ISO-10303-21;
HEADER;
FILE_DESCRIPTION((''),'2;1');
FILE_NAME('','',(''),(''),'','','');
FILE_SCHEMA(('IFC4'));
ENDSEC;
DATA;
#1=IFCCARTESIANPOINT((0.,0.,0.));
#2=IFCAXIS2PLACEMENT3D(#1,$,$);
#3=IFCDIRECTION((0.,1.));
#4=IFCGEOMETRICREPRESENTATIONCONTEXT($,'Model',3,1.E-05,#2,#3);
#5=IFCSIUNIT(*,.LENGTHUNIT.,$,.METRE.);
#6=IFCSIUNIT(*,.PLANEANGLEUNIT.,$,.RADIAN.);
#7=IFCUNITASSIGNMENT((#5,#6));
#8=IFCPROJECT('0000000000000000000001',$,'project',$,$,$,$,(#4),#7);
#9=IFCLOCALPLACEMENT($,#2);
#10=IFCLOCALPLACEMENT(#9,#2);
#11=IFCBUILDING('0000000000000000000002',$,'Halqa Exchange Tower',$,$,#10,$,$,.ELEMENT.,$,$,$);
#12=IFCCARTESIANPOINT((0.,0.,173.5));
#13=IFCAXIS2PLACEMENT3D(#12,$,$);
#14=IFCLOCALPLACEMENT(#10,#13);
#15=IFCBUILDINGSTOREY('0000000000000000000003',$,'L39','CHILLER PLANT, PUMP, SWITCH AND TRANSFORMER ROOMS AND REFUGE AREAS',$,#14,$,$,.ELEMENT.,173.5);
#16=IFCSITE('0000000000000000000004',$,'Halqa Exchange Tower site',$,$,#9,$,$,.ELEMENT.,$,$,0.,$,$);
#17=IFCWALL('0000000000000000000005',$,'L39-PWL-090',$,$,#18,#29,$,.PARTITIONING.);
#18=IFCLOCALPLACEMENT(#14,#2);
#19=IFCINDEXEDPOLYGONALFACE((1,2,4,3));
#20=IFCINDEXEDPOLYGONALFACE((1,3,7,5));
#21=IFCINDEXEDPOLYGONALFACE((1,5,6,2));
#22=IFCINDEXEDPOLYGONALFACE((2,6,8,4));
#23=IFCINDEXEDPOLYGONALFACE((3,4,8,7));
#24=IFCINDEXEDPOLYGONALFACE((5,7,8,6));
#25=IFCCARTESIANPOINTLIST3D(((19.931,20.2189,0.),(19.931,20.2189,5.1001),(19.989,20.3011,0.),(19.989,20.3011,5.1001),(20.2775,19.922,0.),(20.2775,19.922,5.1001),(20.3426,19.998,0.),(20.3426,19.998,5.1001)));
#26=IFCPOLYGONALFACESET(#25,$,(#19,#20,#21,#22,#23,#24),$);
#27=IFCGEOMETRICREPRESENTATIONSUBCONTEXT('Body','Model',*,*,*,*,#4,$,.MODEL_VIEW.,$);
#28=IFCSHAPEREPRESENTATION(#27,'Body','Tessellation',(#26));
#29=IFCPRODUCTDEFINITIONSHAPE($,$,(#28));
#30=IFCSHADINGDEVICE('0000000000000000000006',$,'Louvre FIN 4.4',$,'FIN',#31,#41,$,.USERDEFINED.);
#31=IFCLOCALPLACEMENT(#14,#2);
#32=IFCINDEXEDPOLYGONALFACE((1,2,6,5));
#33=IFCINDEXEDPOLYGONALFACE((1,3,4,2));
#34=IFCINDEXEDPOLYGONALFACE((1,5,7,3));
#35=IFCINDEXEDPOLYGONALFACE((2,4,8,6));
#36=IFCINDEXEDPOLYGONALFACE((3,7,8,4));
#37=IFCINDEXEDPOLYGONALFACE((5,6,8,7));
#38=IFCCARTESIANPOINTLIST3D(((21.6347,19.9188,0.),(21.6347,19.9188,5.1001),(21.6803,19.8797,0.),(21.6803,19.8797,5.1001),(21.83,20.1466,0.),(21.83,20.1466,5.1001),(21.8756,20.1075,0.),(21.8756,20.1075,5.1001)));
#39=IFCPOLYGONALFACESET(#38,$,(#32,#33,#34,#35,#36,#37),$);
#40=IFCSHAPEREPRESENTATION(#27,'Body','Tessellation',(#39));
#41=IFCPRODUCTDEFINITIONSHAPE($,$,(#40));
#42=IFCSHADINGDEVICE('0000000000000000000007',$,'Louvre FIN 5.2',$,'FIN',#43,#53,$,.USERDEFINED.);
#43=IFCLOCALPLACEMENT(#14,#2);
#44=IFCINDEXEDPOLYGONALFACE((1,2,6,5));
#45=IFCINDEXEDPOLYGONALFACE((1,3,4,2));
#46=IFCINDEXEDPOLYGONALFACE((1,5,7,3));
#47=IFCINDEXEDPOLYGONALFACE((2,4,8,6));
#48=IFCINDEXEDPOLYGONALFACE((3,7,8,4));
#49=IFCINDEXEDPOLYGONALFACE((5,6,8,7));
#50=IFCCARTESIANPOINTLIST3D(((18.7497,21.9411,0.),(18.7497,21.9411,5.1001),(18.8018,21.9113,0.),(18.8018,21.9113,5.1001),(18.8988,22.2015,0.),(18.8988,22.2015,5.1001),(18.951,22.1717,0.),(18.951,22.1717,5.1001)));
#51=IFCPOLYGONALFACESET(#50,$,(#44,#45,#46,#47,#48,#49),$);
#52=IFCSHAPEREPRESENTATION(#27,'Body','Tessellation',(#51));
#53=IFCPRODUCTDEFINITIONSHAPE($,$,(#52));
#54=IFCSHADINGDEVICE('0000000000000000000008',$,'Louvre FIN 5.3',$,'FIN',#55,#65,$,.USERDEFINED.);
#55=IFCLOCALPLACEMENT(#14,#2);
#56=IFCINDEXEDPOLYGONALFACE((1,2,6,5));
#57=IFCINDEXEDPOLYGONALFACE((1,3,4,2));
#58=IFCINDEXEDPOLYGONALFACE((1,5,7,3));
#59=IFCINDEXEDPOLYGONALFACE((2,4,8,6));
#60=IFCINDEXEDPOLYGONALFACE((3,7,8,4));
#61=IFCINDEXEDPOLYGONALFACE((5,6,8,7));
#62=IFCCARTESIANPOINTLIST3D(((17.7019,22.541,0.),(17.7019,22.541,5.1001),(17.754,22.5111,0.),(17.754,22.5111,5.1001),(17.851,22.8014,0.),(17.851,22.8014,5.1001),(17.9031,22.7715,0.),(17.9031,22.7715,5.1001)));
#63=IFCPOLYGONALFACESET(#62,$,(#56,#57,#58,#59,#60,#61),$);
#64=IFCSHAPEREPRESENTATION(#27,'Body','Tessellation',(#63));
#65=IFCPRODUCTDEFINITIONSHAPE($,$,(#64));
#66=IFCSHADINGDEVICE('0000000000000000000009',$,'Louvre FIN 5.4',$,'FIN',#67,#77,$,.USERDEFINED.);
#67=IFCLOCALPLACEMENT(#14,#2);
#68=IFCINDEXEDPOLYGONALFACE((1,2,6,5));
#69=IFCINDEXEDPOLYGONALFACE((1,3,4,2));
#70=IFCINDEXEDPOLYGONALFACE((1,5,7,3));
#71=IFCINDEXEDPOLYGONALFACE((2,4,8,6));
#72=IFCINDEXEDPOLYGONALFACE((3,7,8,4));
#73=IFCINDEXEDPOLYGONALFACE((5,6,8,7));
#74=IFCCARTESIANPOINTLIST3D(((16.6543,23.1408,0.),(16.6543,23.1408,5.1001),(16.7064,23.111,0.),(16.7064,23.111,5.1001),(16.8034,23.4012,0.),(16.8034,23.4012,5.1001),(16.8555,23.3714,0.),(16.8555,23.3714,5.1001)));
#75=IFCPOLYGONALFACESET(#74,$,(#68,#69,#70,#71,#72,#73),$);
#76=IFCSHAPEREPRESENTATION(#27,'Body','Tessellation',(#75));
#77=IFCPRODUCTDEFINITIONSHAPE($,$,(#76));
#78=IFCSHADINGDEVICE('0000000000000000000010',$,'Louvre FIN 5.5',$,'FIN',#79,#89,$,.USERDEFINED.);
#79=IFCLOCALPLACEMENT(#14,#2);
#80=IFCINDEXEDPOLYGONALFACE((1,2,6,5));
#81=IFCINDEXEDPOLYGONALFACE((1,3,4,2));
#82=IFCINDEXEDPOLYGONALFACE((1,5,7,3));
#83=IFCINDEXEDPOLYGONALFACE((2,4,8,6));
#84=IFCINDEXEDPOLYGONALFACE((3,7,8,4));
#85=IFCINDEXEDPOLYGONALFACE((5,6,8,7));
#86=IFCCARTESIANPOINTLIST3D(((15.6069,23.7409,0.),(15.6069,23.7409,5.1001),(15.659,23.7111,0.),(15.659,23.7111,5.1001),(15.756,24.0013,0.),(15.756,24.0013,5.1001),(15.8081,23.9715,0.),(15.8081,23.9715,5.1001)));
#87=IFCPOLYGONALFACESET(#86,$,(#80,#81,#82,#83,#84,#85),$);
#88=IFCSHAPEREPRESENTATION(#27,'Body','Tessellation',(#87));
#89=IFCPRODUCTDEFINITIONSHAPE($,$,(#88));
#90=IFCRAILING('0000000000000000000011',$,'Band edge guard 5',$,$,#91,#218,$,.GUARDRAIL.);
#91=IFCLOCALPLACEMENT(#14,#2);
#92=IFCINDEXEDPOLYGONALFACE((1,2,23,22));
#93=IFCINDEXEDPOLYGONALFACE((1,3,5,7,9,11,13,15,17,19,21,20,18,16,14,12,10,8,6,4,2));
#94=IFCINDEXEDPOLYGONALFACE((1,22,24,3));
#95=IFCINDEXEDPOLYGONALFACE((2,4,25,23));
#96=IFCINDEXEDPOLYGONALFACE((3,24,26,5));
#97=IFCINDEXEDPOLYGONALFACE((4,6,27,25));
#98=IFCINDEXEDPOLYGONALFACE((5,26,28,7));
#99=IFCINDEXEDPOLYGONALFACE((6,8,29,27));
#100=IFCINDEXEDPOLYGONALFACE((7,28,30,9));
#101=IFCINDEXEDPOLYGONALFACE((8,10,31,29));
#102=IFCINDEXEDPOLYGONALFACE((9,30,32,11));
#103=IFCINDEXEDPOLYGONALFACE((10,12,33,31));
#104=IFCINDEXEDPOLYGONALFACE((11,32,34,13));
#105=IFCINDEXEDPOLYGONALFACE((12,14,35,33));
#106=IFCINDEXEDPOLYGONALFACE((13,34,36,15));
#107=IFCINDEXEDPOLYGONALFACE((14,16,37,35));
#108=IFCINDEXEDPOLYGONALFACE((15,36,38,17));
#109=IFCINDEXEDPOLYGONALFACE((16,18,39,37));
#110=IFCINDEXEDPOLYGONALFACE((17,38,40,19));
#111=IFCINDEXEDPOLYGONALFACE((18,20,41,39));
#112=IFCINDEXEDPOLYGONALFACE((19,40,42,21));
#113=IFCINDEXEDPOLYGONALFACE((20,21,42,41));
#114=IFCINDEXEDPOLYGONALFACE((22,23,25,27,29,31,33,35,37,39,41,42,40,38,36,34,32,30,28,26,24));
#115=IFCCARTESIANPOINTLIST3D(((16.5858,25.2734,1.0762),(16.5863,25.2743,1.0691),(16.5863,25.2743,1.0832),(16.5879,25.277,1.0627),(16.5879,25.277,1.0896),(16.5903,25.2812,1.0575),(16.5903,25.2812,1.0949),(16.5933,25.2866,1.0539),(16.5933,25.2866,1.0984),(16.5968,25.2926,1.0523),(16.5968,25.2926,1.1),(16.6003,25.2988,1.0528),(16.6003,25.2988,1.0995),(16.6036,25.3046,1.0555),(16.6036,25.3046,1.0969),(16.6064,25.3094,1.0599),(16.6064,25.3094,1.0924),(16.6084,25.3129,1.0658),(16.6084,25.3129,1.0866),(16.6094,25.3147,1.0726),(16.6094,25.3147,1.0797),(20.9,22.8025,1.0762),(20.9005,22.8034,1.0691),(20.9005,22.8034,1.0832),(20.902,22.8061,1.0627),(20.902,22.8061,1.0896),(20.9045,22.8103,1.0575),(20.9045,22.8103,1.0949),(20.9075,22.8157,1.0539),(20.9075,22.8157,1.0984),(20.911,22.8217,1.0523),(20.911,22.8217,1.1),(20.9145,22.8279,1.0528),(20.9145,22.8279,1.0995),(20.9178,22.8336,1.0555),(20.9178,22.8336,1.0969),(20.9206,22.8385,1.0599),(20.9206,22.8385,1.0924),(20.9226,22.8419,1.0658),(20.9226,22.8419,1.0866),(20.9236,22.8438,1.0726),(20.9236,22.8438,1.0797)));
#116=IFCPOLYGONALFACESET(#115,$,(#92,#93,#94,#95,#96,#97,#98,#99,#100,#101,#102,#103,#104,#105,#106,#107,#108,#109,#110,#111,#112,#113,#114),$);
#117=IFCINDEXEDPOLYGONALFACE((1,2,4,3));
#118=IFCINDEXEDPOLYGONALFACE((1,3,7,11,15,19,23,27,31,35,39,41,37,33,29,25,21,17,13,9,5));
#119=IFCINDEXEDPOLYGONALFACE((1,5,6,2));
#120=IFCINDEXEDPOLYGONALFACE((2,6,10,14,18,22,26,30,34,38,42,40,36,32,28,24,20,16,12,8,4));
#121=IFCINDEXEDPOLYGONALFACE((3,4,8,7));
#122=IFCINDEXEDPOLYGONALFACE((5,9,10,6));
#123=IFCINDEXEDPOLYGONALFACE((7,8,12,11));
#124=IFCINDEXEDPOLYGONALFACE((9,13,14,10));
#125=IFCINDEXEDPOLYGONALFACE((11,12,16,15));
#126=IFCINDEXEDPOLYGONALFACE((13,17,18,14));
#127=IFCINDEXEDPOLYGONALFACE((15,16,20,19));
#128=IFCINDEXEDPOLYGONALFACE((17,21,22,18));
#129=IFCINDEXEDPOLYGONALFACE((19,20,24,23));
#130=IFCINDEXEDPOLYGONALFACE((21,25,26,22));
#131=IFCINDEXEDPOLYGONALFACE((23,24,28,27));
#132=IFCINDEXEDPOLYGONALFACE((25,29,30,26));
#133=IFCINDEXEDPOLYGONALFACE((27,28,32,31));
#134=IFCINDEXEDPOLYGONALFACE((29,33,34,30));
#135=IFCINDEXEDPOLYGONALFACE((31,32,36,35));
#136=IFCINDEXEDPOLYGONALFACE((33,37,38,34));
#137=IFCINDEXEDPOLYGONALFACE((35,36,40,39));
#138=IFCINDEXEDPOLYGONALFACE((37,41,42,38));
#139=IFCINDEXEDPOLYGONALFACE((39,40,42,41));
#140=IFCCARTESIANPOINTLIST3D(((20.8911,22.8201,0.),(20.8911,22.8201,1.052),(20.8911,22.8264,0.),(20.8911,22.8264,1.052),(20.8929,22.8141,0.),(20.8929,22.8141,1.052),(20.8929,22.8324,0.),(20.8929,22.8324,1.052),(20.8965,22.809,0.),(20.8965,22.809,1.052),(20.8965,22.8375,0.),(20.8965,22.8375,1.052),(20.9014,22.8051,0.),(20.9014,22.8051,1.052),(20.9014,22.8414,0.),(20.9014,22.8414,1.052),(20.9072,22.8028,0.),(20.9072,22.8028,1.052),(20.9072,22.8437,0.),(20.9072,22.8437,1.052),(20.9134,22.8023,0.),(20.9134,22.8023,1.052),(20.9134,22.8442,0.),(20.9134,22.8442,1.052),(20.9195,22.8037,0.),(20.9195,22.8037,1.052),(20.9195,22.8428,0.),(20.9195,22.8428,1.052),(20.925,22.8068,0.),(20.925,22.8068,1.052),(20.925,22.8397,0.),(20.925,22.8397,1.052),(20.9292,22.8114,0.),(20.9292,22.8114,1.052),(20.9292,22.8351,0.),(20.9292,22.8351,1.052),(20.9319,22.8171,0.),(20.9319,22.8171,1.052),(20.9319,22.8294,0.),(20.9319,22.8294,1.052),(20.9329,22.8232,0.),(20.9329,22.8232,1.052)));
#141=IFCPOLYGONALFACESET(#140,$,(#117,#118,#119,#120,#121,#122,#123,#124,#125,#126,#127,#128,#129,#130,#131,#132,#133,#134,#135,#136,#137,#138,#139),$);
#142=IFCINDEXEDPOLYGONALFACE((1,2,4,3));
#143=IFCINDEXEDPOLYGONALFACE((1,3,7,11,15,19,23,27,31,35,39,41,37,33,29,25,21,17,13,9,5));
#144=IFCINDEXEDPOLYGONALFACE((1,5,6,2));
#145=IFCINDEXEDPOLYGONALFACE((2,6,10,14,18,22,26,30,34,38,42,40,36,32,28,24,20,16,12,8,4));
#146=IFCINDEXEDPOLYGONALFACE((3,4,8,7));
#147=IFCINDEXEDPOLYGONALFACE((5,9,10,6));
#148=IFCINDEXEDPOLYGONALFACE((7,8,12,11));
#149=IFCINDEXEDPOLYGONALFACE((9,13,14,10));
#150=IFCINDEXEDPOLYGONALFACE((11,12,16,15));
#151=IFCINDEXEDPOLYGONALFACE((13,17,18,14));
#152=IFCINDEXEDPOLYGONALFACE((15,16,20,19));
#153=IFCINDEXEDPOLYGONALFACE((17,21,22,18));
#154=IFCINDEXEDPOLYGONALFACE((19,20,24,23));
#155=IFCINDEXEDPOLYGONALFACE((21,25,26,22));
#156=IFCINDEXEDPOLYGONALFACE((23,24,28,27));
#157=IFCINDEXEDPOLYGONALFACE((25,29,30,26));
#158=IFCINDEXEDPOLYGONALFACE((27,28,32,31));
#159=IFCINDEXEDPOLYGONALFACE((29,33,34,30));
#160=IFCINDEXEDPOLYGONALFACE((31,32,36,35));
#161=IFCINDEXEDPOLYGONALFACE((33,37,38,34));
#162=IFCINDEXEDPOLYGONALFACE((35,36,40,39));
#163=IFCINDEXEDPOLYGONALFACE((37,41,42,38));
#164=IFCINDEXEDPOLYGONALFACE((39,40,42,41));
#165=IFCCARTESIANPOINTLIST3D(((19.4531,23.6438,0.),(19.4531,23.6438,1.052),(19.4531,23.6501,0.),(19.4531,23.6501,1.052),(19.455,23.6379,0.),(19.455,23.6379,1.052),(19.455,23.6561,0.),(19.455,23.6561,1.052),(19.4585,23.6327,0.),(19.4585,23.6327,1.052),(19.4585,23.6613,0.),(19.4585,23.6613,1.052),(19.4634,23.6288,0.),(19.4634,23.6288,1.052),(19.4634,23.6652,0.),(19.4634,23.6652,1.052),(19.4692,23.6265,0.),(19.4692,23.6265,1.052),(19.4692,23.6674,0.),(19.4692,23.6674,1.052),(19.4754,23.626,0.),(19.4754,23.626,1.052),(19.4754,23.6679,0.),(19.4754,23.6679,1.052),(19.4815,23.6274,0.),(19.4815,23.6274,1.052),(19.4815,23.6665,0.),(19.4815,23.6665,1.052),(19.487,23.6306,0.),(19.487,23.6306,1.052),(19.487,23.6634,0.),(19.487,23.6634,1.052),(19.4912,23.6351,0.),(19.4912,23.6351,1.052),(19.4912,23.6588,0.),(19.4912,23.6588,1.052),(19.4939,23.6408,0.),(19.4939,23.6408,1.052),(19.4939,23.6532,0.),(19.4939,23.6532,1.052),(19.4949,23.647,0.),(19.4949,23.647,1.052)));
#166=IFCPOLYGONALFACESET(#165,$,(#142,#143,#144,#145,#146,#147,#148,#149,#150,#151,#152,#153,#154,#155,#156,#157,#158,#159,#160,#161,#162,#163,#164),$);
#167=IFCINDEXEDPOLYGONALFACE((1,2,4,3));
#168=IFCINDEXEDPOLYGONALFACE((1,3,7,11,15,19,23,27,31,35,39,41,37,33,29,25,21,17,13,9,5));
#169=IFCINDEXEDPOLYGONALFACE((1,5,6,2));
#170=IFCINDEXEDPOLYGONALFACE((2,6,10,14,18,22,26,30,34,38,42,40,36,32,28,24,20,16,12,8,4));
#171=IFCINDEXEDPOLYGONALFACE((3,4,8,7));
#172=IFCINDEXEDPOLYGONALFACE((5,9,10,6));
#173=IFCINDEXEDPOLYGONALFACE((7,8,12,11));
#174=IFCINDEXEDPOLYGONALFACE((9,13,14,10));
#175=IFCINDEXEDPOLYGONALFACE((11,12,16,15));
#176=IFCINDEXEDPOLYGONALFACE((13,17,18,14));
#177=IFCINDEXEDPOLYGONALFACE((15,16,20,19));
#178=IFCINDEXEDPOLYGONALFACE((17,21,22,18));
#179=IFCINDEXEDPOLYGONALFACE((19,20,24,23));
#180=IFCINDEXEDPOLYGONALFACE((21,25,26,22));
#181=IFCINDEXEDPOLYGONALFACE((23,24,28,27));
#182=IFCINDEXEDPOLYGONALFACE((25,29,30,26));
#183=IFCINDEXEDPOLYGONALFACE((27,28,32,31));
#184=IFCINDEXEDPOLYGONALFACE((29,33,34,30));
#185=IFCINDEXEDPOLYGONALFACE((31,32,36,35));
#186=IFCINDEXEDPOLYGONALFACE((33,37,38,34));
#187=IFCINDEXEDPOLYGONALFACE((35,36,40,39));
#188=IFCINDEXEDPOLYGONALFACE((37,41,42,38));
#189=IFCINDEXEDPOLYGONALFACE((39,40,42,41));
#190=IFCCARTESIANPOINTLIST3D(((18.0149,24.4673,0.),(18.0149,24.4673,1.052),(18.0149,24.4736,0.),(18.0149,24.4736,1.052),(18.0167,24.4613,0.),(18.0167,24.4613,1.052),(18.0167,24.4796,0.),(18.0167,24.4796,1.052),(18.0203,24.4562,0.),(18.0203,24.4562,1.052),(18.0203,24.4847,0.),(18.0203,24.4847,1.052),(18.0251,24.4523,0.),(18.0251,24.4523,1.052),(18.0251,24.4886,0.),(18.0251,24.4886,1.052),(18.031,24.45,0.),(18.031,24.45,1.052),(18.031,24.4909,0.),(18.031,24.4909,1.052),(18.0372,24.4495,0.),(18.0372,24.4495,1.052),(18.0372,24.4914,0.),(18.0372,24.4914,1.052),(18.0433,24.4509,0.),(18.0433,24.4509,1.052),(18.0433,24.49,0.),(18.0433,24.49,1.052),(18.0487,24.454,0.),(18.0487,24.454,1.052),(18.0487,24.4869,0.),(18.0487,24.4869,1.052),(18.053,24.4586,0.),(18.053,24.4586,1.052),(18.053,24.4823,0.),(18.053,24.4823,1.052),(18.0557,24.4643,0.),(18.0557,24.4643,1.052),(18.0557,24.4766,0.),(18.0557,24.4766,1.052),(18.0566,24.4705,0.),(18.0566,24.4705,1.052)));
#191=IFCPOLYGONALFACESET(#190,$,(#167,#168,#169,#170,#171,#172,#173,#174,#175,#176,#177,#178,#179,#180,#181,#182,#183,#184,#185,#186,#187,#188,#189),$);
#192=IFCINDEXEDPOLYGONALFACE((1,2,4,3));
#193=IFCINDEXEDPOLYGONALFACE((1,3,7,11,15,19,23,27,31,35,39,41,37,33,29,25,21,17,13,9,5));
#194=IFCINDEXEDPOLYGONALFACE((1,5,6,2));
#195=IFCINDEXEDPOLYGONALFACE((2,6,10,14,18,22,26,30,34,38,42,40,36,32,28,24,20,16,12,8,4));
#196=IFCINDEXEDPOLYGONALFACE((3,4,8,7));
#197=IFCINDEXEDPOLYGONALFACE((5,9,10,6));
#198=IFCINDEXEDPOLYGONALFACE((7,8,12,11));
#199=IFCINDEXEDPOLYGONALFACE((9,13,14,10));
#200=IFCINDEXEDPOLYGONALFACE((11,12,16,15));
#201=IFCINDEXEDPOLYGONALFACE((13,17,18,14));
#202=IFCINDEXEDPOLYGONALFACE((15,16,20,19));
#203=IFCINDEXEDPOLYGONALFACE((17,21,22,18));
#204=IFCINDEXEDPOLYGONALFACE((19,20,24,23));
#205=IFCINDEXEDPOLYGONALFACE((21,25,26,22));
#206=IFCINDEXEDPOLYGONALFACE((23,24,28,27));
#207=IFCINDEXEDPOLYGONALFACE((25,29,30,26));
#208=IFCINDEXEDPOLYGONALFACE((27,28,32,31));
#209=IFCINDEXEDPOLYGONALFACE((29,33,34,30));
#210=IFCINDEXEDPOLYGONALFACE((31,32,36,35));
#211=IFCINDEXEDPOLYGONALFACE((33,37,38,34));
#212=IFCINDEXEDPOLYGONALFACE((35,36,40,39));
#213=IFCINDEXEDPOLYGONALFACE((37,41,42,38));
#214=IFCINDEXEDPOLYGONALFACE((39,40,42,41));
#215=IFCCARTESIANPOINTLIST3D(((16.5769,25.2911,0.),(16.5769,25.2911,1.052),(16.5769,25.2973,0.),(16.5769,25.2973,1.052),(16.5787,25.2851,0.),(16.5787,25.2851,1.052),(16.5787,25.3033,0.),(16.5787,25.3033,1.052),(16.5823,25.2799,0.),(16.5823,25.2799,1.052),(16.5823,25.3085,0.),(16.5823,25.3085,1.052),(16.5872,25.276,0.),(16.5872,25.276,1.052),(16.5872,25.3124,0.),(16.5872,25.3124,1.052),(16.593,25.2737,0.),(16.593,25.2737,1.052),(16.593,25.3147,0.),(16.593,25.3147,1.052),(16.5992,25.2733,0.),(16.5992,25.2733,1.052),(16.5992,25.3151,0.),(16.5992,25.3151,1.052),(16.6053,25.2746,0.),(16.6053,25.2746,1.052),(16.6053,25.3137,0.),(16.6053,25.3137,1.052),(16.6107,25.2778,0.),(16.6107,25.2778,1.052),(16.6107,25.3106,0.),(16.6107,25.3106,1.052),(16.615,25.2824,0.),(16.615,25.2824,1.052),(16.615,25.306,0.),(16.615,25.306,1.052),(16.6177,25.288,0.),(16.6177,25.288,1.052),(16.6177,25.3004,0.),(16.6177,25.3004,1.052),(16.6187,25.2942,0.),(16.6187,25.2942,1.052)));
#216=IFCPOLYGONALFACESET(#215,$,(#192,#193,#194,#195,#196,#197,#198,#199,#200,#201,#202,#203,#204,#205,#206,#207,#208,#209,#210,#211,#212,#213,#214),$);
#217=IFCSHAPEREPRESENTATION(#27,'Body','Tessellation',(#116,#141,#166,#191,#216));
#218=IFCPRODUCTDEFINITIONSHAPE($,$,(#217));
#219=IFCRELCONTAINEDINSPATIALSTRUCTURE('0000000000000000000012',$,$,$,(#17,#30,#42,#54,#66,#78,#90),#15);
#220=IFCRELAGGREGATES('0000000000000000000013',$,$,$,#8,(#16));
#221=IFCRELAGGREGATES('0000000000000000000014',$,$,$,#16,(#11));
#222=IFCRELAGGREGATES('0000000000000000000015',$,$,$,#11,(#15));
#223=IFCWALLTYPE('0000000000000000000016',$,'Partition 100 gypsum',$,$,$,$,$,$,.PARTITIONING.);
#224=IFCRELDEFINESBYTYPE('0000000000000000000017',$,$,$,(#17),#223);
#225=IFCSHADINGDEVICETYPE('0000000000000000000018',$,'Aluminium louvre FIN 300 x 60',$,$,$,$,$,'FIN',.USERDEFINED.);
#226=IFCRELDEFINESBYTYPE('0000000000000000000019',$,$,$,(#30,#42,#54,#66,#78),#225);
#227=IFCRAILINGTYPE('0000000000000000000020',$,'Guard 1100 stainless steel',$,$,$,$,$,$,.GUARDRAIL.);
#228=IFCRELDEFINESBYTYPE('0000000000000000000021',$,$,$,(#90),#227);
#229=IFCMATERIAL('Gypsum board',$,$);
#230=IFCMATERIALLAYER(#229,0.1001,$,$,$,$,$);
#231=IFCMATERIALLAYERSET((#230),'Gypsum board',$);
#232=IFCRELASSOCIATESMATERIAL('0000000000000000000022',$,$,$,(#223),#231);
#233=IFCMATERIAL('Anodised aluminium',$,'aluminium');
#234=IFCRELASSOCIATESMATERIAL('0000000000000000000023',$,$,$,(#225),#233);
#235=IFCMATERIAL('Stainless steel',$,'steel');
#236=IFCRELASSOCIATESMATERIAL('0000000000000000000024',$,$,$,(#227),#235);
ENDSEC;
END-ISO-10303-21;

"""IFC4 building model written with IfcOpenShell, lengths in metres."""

from ifc_helpers import new_model, si_unit, direction, frame, origin, origin_2d, place, context, subcontext, project, spatial, polyline, rectangle, circle, outline, extrude, material, layer, layer_set, material_profile, profile_set, type_object, element, save


model = new_model("IFC4")

# Units and contexts
model_context = context("Model", 3, precision=1e-05, world=origin(), true_north=direction((0.0, 1.0)))
body_context = subcontext(model_context, "Body", "Model", "MODEL_VIEW")
ifc_project = project(units=[si_unit("LENGTHUNIT", "METRE"), si_unit("PLANEANGLEUNIT", "RADIAN")], contexts=[model_context])

# Site, building, storey
site_placement = place(None, origin())
site = spatial("IfcSite", under=ifc_project, at=site_placement, Name="Halqa Exchange Tower site", CompositionType="ELEMENT", RefElevation=0.0)
building_placement = place(site_placement, origin())
building = spatial("IfcBuilding", under=site, at=building_placement, Name="Halqa Exchange Tower", CompositionType="ELEMENT")
storey_placement = place(building_placement, frame((0.0, 0.0, 173.5)))
storey = spatial("IfcBuildingStorey", under=building, at=storey_placement, Name="L39", Description="CHILLER PLANT, PUMP, SWITCH AND TRANSFORMER ROOMS AND REFUGE AREAS", CompositionType="ELEMENT", Elevation=173.5)

# Wall
ifc_material_1 = material(Name="Gypsum board")
ifc_layer_1 = layer(ifc_material_1, 0.1001)
ifc_layer_set_1 = layer_set([ifc_layer_1], Name="Gypsum board")
wall_type_1 = type_object("IfcWallType", Name="Partition 100 gypsum", PredefinedType="PARTITIONING", material=ifc_layer_set_1)
wall_1_placement = place(storey_placement, frame((20.3101, 19.96, 0.0), z_axis=(0.0, 0.0, 1.0), x_axis=(-0.759257, 0.650791, 0.0)))
element("IfcWall", 1, at=wall_1_placement, inside=storey, type_object=wall_type_1, Name="L39-PWL-090", PredefinedType="PARTITIONING", context=body_context, shape_type="SweptSolid", body=[
    extrude(outline(polyline([(0.0, -0.05), (0.4658, -0.05), (0.4563, 0.05), (0.0, 0.05), (0.0, -0.05)])), origin(), (0.0, 0.0, 1.0), 5.1001),
])

# Shading devices
ifc_material_2 = material(Name="Anodised aluminium", Category="aluminium")
ifc_material_profile_1 = material_profile(ifc_material_2, rectangle(XDim=0.3, YDim=0.0601, at=origin_2d()), Name="AL FIN 300x60")
ifc_profile_set_1 = profile_set([ifc_material_profile_1], Name="Anodised aluminium")
shading_device_type = type_object("IfcShadingDeviceType", Name="Aluminium louvre FIN 300 x 60", ElementType="FIN", PredefinedType="USERDEFINED", material=ifc_profile_set_1)
for number, where, z_axis, x_axis, name in (
    (2, (21.7551, 20.0132, 0.0), (0.0, 0.0, 1.0), (-0.650785, -0.759262, 0.0), "Louvre FIN 4.4"),
    (3, (18.8503, 22.0564, 0.0), (0.0, 0.0, 1.0), (-0.496982, -0.867761, 0.0), "Louvre FIN 5.2"),
    (4, (17.8025, 22.6562, 0.0), (0.0, 0.0, 1.0), (-0.496982, -0.867761, 0.0), "Louvre FIN 5.3"),
    (5, (16.7549, 23.2561, 0.0), (0.0, 0.0, 1.0), (-0.496982, -0.867761, 0.0), "Louvre FIN 5.4"),
    (6, (15.7075, 23.8562, 0.0), (0.0, 0.0, 1.0), (-0.496982, -0.867761, 0.0), "Louvre FIN 5.5"),
):
    element("IfcShadingDevice", number, at=place(storey_placement, frame(where, z_axis=z_axis, x_axis=x_axis)), inside=storey, type_object=shading_device_type, Name=name, ObjectType="FIN", PredefinedType="USERDEFINED", context=body_context, shape_type="SweptSolid", body=[
        extrude(rectangle(XDim=0.3, YDim=0.0601, at=origin_2d()), origin(), (0.0, 0.0, 1.0), 5.1001),
    ])

# Railing
ifc_material_3 = material(Name="Stainless steel", Category="steel")
railing_type = type_object("IfcRailingType", Name="Guard 1100 stainless steel", PredefinedType="GUARDRAIL", material=ifc_material_3)
railing_placement = place(storey_placement, frame((20.9119, 22.8232, 0.0)))
element("IfcRailing", 7, at=railing_placement, inside=storey, type_object=railing_type, Name="Band edge guard 5", PredefinedType="GUARDRAIL", context=body_context, shape_type="SweptSolid", body=[
    extrude(circle(Radius=0.0239, at=origin_2d()), frame((0.0, 0.0, 1.0762), z_axis=(-0.86775, 0.497001, 0.0), x_axis=(-0.497001, -0.86775, 0.0)), (0.0, 0.0, 1.0), 4.9717),
    extrude(circle(Radius=0.021, at=origin_2d()), origin(), (0.0, 0.0, 1.0), 1.052),
    extrude(circle(Radius=0.021, at=origin_2d()), frame((-1.438, 0.8237, 0.0)), (0.0, 0.0, 1.0), 1.052),
    extrude(circle(Radius=0.021, at=origin_2d()), frame((-2.8762, 1.6472, 0.0)), (0.0, 0.0, 1.0), 1.052),
    extrude(circle(Radius=0.021, at=origin_2d()), frame((-4.3142, 2.4709, 0.0)), (0.0, 0.0, 1.0), 1.052),
])

save(model, "model.ifc")
